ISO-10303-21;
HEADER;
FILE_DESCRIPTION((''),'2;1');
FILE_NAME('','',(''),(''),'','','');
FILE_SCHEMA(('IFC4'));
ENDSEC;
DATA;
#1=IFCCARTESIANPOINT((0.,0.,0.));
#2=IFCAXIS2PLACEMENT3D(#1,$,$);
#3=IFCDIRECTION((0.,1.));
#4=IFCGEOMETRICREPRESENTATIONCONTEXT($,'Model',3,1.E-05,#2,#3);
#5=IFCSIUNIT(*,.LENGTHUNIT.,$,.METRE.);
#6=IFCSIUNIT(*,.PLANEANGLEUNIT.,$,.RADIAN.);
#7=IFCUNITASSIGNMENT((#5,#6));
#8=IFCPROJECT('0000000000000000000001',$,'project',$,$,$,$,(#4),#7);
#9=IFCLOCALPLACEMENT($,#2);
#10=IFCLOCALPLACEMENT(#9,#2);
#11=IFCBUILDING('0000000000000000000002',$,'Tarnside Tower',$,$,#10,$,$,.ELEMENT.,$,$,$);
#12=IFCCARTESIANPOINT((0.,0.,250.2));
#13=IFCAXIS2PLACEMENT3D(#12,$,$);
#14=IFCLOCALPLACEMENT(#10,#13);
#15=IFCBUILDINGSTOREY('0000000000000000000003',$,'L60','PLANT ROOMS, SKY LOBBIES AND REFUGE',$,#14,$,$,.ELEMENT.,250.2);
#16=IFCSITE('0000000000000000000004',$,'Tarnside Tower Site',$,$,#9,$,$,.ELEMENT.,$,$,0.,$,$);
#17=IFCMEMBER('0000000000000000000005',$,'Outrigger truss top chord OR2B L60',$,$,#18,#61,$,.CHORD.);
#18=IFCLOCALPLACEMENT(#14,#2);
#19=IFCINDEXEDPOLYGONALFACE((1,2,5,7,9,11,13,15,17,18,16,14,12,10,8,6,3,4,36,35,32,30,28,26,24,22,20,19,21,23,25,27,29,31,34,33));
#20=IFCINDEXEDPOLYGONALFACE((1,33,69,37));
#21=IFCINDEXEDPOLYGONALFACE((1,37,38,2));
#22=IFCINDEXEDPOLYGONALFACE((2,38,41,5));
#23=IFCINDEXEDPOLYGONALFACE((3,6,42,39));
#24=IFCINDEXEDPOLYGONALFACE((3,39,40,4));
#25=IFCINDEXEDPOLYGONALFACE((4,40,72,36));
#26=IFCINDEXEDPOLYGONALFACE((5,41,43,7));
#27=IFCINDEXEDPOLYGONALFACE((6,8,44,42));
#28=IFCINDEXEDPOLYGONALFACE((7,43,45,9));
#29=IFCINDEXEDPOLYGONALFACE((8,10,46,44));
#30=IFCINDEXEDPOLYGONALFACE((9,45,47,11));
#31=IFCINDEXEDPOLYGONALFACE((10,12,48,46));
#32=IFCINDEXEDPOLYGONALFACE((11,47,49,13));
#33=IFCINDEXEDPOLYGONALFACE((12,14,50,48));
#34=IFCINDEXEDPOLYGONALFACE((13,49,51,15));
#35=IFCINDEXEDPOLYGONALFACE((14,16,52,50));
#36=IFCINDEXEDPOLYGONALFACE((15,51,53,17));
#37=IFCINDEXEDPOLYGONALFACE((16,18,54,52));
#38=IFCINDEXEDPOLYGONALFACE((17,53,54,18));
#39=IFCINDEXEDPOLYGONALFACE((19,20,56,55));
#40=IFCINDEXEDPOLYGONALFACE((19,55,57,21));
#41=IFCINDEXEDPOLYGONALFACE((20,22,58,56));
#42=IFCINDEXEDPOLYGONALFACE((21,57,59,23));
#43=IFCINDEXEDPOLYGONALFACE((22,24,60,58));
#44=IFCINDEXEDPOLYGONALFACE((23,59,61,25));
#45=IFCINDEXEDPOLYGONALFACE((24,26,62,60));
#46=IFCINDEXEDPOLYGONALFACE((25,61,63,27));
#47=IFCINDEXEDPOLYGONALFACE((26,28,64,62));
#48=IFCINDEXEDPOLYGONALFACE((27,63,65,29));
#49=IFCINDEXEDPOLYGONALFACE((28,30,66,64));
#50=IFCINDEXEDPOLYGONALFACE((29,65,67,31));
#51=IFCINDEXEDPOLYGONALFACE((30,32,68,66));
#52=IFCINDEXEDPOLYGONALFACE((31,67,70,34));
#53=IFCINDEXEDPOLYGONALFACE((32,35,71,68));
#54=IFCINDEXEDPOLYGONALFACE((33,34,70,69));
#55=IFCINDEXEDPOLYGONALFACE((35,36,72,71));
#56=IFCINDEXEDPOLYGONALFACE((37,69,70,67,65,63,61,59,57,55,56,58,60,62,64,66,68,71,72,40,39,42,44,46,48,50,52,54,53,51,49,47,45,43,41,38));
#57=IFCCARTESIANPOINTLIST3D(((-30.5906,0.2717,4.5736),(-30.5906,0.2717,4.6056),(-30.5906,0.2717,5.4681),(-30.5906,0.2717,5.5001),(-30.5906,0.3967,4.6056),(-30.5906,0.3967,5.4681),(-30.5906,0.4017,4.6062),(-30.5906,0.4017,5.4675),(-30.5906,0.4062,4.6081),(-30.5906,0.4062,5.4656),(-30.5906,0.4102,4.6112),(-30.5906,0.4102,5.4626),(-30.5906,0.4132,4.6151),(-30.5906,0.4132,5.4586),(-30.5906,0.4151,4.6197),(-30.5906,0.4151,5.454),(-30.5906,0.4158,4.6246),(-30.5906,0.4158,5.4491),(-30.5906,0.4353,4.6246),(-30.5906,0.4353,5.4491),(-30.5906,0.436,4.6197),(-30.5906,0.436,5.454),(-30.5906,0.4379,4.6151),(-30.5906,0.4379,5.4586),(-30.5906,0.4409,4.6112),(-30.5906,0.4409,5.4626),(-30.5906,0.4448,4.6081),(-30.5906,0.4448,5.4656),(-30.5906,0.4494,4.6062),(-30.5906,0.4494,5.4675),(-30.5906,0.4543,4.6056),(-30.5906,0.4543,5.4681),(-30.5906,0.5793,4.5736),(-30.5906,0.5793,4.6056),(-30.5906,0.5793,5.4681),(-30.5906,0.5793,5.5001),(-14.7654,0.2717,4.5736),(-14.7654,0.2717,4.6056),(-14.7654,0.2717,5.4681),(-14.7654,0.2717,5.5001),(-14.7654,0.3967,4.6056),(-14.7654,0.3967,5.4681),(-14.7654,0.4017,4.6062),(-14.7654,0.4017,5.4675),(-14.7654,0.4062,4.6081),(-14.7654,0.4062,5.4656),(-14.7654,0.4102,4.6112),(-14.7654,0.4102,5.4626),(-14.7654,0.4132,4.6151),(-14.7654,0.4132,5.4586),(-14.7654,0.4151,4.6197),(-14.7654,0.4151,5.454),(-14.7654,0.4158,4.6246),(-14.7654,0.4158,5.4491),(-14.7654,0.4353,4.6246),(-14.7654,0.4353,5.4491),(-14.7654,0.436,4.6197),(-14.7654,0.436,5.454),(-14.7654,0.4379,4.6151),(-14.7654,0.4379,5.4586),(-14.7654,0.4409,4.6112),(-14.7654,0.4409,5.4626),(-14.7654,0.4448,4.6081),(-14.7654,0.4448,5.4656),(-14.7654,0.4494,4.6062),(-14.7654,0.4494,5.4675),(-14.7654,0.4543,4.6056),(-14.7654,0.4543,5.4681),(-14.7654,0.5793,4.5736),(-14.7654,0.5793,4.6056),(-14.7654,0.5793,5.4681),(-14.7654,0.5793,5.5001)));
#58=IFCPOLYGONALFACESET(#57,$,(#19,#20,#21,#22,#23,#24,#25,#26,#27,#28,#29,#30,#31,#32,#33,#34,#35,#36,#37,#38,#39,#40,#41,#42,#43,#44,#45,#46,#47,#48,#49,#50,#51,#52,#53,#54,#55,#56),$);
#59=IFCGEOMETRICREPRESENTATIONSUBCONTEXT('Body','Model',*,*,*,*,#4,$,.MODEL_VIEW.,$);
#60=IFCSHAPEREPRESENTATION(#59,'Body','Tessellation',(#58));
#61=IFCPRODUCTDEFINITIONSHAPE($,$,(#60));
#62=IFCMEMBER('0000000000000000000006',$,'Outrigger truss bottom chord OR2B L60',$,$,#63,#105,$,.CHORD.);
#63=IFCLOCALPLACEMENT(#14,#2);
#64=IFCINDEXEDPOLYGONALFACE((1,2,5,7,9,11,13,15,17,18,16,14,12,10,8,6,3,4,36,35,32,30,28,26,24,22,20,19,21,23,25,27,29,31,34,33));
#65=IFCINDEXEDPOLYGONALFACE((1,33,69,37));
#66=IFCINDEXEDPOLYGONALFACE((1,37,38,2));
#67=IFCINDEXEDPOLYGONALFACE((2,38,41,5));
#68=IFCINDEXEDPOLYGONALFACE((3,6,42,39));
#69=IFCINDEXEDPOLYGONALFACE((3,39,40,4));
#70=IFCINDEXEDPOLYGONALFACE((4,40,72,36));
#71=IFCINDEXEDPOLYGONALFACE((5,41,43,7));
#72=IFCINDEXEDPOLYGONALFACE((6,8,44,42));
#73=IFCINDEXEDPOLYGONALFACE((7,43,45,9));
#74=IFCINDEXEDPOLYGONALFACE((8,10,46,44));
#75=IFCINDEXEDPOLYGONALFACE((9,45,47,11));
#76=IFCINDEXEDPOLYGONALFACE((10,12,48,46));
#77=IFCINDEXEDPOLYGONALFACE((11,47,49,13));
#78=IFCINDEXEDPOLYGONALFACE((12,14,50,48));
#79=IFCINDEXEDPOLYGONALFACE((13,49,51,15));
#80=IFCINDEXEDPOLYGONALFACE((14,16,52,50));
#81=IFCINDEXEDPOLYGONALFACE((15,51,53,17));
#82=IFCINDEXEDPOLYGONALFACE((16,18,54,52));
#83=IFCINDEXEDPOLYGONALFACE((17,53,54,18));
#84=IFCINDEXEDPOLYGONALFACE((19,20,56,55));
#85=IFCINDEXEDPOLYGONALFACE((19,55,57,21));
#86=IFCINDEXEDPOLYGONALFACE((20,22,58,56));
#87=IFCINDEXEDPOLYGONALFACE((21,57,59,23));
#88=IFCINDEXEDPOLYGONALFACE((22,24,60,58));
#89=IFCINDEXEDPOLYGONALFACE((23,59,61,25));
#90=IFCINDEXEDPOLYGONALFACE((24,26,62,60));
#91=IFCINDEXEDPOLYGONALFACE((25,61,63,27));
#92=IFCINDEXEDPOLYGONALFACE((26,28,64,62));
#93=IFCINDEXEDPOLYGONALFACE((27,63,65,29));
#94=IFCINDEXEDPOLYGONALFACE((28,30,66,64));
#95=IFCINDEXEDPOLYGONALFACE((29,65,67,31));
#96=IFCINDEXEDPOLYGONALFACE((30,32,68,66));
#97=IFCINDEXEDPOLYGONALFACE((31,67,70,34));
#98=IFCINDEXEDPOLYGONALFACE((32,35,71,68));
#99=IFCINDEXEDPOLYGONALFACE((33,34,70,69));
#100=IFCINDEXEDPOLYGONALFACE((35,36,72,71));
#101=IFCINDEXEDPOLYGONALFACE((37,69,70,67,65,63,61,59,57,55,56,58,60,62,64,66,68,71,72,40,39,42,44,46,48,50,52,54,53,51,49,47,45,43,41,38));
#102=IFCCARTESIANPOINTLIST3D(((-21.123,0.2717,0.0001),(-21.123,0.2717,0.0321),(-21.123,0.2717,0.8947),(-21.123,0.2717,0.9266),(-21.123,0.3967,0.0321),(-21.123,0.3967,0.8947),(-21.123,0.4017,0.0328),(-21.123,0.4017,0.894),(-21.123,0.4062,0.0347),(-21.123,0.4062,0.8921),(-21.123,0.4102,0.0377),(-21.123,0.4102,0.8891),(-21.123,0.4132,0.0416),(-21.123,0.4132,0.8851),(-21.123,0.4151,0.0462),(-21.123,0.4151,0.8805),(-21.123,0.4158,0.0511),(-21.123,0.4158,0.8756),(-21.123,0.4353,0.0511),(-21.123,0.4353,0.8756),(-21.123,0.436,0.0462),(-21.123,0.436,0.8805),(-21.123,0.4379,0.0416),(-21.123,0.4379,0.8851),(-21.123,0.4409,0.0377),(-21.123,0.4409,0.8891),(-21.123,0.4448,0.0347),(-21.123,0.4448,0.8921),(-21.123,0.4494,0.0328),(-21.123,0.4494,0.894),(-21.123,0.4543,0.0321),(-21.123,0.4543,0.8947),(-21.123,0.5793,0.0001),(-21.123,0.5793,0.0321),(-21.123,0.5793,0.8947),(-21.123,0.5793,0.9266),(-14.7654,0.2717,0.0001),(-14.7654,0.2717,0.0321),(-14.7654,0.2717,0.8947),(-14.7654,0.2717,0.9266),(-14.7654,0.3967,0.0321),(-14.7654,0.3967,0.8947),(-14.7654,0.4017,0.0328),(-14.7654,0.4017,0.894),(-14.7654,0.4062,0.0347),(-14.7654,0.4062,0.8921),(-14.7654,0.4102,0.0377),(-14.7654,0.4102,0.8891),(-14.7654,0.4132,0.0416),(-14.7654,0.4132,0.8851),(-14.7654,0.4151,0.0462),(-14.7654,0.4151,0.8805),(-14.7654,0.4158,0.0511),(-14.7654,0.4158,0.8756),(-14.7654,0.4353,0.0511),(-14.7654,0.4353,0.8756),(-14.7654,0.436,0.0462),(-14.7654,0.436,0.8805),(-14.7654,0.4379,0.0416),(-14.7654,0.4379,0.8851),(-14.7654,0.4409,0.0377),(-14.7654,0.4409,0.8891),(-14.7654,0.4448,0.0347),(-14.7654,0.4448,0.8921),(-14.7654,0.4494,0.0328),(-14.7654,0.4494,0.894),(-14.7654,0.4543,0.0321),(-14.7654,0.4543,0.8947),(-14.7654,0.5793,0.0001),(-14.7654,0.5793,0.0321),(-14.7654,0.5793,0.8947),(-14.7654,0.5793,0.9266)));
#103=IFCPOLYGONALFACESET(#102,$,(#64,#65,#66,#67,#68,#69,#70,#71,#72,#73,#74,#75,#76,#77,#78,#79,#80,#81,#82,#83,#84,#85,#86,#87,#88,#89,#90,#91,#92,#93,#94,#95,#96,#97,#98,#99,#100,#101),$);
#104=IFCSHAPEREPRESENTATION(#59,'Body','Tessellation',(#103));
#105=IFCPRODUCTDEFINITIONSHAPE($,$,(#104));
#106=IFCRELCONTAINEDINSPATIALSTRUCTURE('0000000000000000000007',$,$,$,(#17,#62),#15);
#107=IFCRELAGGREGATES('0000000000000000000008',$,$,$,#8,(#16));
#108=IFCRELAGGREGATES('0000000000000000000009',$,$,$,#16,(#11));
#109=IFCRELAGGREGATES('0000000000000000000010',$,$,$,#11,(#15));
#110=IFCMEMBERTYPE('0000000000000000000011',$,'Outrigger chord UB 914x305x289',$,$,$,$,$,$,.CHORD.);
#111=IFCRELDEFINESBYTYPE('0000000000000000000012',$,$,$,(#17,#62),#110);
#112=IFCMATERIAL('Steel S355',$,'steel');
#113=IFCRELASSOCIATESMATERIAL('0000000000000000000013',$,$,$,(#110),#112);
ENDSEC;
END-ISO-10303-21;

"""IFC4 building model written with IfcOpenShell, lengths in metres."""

from ifc_helpers import new_model, si_unit, direction, frame, origin, origin_2d, place, context, subcontext, project, spatial, i_section, extrude, material, material_profile, profile_set, type_object, element, save


model = new_model("IFC4")

# Units and contexts
model_context = context("Model", 3, precision=1e-05, world=origin(), true_north=direction((0.0, 1.0)))
body_context = subcontext(model_context, "Body", "Model", "MODEL_VIEW")
ifc_project = project(units=[si_unit("LENGTHUNIT", "METRE"), si_unit("PLANEANGLEUNIT", "RADIAN")], contexts=[model_context])

# Site, building, storey
site_placement = place(None, origin())
site = spatial("IfcSite", under=ifc_project, at=site_placement, Name="Tarnside Tower Site", CompositionType="ELEMENT", RefElevation=0.0)
building_placement = place(site_placement, origin())
building = spatial("IfcBuilding", under=site, at=building_placement, Name="Tarnside Tower", CompositionType="ELEMENT")
storey_placement = place(building_placement, frame((0.0, 0.0, 250.2)))
storey = spatial("IfcBuildingStorey", under=building, at=storey_placement, Name="L60", Description="PLANT ROOMS, SKY LOBBIES AND REFUGE", CompositionType="ELEMENT", Elevation=250.2)

# Members
ifc_material_1 = material(Name="Steel S355", Category="steel")
ifc_material_profile = material_profile(ifc_material_1, i_section(OverallWidth=0.3076, OverallDepth=0.9265, WebThickness=0.0195, FlangeThickness=0.032, FilletRadius=0.019, at=origin_2d()), Name="UB 914x305x289")
ifc_profile_set = profile_set([ifc_material_profile], Name="Steel S355")
member_type = type_object("IfcMemberType", Name="Outrigger chord UB 914x305x289", PredefinedType="CHORD", material=ifc_profile_set)
member_1_placement = place(storey_placement, frame((-14.7654, 0.4255, 5.0369), z_axis=(-1.0, 0.0, 0.0), x_axis=(0.0, -1.0, 0.0)))
element("IfcMember", 1, at=member_1_placement, inside=storey, type_object=member_type, Name="Outrigger truss top chord OR2B L60", PredefinedType="CHORD", context=body_context, shape_type="SweptSolid", body=[
    extrude(i_section(OverallWidth=0.3076, OverallDepth=0.9265, WebThickness=0.0195, FlangeThickness=0.032, FilletRadius=0.019, at=origin_2d()), origin(), (0.0, 0.0, 1.0), 15.8252),
])
member_2_placement = place(storey_placement, frame((-14.7654, 0.4255, 0.4634), z_axis=(-1.0, 0.0, 0.0), x_axis=(0.0, -1.0, 0.0)))
element("IfcMember", 2, at=member_2_placement, inside=storey, type_object=member_type, Name="Outrigger truss bottom chord OR2B L60", PredefinedType="CHORD", context=body_context, shape_type="SweptSolid", body=[
    extrude(i_section(OverallWidth=0.3076, OverallDepth=0.9265, WebThickness=0.0195, FlangeThickness=0.032, FilletRadius=0.019, at=origin_2d()), origin(), (0.0, 0.0, 1.0), 6.3577),
])

save(model, "model.ifc")
